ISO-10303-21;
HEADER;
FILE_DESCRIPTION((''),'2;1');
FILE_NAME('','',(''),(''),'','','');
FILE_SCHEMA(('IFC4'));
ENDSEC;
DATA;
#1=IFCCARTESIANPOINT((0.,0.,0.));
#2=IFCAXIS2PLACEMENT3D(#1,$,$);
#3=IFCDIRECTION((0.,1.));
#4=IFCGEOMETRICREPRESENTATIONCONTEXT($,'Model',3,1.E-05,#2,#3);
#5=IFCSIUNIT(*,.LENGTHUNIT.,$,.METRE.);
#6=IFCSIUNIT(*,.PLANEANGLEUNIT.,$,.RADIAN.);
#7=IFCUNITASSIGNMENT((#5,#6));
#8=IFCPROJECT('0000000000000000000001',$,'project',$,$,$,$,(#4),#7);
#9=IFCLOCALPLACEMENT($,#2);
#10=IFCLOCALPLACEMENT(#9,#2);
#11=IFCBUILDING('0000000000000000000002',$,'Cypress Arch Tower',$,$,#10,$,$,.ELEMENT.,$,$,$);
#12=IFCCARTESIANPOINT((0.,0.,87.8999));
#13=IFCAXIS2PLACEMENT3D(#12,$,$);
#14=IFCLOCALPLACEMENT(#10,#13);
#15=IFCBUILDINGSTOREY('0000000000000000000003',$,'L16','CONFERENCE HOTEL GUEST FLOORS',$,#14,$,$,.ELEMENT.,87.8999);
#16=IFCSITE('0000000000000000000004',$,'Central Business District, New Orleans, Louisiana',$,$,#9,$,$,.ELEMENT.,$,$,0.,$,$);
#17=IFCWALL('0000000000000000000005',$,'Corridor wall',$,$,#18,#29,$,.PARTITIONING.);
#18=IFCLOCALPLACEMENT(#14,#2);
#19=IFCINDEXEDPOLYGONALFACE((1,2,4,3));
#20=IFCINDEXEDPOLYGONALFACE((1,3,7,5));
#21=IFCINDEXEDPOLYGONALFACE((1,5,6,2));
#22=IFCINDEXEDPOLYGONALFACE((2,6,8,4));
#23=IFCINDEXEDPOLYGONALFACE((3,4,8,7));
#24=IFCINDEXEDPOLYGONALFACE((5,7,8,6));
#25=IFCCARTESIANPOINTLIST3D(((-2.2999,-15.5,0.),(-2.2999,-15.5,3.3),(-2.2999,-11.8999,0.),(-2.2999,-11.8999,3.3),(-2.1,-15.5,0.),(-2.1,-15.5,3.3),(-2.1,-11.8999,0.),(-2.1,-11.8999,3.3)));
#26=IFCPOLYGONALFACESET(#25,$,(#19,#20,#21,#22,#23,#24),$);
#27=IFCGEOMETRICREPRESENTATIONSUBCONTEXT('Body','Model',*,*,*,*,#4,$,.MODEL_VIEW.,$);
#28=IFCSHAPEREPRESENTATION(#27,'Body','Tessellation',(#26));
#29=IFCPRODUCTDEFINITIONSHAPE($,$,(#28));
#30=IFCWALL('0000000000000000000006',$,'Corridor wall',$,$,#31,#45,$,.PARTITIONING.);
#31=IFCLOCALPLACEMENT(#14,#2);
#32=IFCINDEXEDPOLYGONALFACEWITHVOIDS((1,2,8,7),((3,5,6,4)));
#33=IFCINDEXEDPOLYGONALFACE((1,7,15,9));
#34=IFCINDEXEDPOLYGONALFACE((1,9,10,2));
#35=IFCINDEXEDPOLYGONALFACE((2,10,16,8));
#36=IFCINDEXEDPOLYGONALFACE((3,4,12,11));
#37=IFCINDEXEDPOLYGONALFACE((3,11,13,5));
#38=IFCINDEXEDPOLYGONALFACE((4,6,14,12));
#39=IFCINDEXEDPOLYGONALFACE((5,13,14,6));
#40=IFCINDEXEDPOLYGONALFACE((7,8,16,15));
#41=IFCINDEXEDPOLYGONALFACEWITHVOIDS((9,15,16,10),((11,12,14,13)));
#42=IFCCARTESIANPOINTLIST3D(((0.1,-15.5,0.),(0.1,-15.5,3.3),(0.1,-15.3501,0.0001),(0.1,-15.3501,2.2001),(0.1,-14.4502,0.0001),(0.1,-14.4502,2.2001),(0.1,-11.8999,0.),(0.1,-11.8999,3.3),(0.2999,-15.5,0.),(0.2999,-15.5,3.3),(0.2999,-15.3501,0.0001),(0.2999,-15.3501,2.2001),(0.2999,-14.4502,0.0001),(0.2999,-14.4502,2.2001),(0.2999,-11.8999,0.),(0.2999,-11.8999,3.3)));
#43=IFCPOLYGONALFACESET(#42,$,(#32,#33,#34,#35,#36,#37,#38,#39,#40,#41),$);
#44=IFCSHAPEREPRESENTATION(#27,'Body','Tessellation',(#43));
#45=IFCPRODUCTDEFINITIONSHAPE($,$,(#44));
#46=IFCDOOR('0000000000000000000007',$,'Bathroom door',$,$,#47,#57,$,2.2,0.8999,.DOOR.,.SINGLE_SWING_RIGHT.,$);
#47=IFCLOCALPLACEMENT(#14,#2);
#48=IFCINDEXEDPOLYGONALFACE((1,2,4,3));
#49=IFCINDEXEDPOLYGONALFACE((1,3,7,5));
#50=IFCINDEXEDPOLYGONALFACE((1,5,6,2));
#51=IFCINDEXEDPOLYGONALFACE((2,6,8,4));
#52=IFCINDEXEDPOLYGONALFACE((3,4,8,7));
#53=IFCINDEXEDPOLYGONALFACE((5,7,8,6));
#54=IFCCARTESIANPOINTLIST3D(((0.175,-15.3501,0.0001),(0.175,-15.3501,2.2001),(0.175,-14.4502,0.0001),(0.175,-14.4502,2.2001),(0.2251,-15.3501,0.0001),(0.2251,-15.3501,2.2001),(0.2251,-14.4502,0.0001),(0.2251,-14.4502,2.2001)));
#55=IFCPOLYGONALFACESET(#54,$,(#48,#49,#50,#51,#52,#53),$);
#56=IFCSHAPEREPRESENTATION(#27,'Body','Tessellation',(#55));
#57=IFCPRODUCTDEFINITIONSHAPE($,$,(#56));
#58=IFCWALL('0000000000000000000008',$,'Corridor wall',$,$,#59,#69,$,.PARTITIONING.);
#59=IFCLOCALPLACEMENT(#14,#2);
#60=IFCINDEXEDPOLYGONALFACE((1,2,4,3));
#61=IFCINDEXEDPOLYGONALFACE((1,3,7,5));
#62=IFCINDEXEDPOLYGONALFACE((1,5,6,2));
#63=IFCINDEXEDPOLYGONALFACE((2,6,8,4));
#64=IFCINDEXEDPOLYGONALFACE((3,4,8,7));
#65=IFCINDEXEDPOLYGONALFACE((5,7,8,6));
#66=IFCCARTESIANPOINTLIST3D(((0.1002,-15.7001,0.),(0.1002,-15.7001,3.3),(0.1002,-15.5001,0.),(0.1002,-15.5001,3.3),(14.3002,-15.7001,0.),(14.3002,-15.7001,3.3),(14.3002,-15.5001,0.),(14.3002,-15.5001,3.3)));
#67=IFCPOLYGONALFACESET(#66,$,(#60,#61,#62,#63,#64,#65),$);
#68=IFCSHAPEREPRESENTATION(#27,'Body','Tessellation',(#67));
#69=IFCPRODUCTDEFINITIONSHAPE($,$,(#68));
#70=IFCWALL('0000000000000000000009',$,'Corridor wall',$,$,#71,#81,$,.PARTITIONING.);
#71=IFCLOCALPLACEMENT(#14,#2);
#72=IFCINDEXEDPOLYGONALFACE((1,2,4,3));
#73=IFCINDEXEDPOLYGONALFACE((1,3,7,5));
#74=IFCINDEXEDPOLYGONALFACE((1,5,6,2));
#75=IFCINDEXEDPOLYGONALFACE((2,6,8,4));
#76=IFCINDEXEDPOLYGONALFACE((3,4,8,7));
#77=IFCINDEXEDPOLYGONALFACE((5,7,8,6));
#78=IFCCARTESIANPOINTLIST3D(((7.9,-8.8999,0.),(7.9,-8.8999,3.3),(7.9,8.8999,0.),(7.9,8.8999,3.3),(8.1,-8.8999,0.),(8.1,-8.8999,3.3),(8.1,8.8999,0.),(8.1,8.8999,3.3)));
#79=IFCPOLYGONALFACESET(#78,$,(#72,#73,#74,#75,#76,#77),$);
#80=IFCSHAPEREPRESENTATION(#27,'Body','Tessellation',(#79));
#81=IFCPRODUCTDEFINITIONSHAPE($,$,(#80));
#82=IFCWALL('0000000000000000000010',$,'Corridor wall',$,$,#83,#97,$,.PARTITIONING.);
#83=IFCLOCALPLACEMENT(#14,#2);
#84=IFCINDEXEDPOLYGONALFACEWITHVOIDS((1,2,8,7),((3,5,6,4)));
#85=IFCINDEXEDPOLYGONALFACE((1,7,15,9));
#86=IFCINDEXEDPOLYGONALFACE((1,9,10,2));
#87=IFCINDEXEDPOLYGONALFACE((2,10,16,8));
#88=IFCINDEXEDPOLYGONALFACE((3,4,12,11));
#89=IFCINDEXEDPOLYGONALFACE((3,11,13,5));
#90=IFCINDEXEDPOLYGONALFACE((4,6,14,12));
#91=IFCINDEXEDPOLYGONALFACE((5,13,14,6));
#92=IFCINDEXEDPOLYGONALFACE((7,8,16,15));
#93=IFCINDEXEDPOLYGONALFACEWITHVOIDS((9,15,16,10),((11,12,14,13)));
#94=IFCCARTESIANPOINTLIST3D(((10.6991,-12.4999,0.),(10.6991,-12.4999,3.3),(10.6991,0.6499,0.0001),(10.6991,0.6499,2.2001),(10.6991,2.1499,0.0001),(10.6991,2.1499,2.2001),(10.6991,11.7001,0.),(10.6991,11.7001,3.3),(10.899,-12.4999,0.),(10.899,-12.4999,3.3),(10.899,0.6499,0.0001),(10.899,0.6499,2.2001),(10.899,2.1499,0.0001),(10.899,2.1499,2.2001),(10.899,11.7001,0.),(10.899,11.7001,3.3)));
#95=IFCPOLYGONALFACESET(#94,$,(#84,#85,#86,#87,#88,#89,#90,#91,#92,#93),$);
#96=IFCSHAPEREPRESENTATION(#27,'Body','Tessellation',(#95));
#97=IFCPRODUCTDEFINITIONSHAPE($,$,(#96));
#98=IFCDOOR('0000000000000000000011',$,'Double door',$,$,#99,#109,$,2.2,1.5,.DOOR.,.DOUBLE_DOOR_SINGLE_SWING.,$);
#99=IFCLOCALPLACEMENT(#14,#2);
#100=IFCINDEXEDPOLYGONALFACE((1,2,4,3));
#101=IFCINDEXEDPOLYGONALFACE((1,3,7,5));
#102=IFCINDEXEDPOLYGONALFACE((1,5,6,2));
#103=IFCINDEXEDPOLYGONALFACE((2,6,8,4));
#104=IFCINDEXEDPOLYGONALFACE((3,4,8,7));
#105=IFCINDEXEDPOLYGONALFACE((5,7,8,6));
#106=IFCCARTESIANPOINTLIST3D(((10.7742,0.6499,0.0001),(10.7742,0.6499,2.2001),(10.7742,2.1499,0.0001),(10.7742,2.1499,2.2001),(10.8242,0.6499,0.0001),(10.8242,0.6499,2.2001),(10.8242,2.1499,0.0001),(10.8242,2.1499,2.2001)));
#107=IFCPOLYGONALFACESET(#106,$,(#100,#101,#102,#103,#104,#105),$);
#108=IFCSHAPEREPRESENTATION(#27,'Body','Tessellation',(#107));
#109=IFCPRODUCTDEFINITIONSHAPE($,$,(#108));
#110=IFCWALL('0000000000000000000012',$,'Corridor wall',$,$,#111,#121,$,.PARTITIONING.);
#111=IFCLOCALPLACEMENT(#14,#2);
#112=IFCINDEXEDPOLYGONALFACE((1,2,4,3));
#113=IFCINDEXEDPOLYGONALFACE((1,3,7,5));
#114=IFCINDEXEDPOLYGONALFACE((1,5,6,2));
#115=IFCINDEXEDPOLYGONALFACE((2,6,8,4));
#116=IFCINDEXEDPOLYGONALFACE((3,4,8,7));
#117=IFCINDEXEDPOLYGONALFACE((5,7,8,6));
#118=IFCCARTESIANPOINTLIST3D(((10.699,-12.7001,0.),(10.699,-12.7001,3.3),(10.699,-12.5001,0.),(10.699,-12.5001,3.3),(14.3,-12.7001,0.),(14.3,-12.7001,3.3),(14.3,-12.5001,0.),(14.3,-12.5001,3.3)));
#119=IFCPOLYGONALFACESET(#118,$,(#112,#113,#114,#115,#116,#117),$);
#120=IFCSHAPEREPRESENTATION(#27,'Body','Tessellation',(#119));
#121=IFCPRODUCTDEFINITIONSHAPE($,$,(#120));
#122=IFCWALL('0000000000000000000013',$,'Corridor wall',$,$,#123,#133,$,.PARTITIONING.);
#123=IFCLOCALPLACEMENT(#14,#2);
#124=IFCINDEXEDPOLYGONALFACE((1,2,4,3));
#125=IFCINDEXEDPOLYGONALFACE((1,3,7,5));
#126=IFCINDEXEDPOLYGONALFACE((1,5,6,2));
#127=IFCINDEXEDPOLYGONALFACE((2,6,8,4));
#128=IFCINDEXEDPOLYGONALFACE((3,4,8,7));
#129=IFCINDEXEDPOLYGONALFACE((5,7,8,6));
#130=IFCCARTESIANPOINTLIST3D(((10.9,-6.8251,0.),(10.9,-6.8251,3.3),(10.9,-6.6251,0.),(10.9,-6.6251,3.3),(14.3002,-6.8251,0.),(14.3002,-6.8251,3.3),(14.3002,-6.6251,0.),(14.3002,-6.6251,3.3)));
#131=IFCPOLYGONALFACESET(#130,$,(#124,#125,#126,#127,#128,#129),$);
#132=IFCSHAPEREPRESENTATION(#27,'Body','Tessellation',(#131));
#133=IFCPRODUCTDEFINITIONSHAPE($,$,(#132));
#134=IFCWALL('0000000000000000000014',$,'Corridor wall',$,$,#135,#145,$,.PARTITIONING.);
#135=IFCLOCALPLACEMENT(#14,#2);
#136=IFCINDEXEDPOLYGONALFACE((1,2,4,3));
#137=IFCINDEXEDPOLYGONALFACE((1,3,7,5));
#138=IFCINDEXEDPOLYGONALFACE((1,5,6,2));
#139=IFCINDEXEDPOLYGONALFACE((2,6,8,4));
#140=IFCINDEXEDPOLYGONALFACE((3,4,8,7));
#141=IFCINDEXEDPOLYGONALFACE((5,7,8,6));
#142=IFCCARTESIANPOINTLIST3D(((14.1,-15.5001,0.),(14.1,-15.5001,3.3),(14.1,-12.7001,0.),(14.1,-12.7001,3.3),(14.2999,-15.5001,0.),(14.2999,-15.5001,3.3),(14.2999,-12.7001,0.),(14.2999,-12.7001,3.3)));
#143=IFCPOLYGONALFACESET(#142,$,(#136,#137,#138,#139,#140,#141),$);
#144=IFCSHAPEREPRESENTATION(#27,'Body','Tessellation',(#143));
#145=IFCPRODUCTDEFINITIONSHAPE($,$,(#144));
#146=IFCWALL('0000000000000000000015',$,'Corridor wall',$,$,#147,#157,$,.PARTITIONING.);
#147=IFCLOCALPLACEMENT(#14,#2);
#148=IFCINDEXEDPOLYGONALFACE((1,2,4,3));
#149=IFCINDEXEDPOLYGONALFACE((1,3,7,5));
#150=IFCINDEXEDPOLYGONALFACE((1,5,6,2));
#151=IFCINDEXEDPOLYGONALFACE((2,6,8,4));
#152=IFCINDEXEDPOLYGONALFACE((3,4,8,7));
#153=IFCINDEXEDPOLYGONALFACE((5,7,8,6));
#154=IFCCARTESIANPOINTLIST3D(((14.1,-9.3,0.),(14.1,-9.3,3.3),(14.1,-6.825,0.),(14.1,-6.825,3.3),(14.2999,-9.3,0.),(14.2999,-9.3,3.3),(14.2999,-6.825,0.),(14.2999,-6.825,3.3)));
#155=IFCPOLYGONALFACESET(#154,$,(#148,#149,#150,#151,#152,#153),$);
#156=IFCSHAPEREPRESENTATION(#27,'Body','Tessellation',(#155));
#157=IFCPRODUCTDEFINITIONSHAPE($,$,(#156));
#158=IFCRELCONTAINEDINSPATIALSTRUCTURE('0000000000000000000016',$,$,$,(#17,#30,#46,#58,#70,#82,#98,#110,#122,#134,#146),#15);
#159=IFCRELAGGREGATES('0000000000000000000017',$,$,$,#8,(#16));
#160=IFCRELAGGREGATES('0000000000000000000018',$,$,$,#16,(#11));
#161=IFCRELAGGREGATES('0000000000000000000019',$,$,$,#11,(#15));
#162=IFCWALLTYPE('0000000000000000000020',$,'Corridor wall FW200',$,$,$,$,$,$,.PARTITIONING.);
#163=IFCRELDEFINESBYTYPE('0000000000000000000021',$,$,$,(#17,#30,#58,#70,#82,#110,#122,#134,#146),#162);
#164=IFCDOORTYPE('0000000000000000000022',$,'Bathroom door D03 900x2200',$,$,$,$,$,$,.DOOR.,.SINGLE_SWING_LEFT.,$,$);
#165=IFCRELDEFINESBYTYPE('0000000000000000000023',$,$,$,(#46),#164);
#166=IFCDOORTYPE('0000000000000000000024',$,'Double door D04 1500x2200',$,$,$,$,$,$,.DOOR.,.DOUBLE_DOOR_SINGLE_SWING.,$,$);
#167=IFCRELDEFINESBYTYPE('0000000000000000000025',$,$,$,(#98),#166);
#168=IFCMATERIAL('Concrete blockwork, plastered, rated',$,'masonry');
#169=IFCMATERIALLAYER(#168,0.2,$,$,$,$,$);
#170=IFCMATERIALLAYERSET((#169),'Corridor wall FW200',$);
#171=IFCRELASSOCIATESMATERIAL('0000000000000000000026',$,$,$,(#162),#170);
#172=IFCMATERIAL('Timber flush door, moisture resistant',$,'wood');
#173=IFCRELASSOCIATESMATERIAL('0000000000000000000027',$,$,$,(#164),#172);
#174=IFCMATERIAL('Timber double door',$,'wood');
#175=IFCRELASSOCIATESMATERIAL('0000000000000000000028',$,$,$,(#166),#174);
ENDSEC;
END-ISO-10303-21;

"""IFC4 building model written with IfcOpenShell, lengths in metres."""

from ifc_helpers import new_model, si_unit, direction, frame, frame_2d, origin, place, context, subcontext, project, spatial, rectangle, extrude, material, layer, layer_set, type_object, element, fill, save


model = new_model("IFC4")

# Units and contexts
model_context = context("Model", 3, precision=1e-05, world=origin(), true_north=direction((0.0, 1.0)))
body_context = subcontext(model_context, "Body", "Model", "MODEL_VIEW")
ifc_project = project(units=[si_unit("LENGTHUNIT", "METRE"), si_unit("PLANEANGLEUNIT", "RADIAN")], contexts=[model_context])

# Site, building, storey
site_placement = place(None, origin())
site = spatial("IfcSite", under=ifc_project, at=site_placement, Name="Central Business District, New Orleans, Louisiana", CompositionType="ELEMENT", RefElevation=0.0)
building_placement = place(site_placement, origin())
building = spatial("IfcBuilding", under=site, at=building_placement, Name="Cypress Arch Tower", CompositionType="ELEMENT")
storey_placement = place(building_placement, frame((0.0, 0.0, 87.8999)))
storey = spatial("IfcBuildingStorey", under=building, at=storey_placement, Name="L16", Description="CONFERENCE HOTEL GUEST FLOORS", CompositionType="ELEMENT", Elevation=87.8999)

# Shared definitions
ifc_material_1 = material(Name="Concrete blockwork, plastered, rated", Category="masonry")
ifc_layer_1 = layer(ifc_material_1, 0.2)
ifc_layer_set_1 = layer_set([ifc_layer_1], Name="Corridor wall FW200")
wall_type_1 = type_object("IfcWallType", Name="Corridor wall FW200", PredefinedType="PARTITIONING", material=ifc_layer_set_1)

# Wall
wall_1_placement = place(storey_placement, frame((-2.2, -15.5, 0.0), z_axis=(0.0, 0.0, 1.0), x_axis=(0.0, 1.0, 0.0)))
element("IfcWall", 1, at=wall_1_placement, inside=storey, type_object=wall_type_1, Name="Corridor wall", PredefinedType="PARTITIONING", context=body_context, shape_type="SweptSolid", body=[
    extrude(rectangle(XDim=3.6001, YDim=0.2, at=frame_2d((1.8, 0.0))), origin(), (0.0, 0.0, 1.0), 3.3),
])

# Wall, opening, door
wall_2_placement = place(storey_placement, frame((0.2, -15.5, 0.0), z_axis=(0.0, 0.0, 1.0), x_axis=(0.0, 1.0, 0.0)))
wall_2 = element("IfcWall", 2, at=wall_2_placement, inside=storey, type_object=wall_type_1, Name="Corridor wall", PredefinedType="PARTITIONING", context=body_context, shape_type="SweptSolid", body=[
    extrude(rectangle(XDim=3.6001, YDim=0.2, at=frame_2d((1.8, 0.0))), origin(), (0.0, 0.0, 1.0), 3.3),
])
opening_1_placement = place(wall_2_placement, frame((0.1499, 0.0, 0.0)))
opening_1 = element("IfcOpeningElement", 3, at=opening_1_placement, cuts=wall_2, PredefinedType="OPENING", context=body_context, shape_type="SweptSolid", body=[
    extrude(rectangle(XDim=0.8999, YDim=2.2, at=frame_2d((0.45, 1.1001))), frame((0.0, 0.1099, 0.0), z_axis=(0.0, -1.0, 0.0), x_axis=(1.0, 0.0, 0.0)), (0.0, 0.0, 1.0), 0.22),
])
ifc_material_2 = material(Name="Timber flush door, moisture resistant", Category="wood")
door_type_1 = type_object("IfcDoorType", Name="Bathroom door D03 900x2200", OperationType="SINGLE_SWING_LEFT", PredefinedType="DOOR", material=ifc_material_2)
door_1_placement = place(opening_1_placement, origin())
door_1 = element("IfcDoor", 4, at=door_1_placement, inside=storey, type_object=door_type_1, Name="Bathroom door", OperationType="SINGLE_SWING_RIGHT", OverallHeight=2.2, OverallWidth=0.8999, PredefinedType="DOOR", context=body_context, shape_type="SweptSolid", body=[
    extrude(rectangle(XDim=0.8999, YDim=2.2, at=frame_2d((0.45, 1.1001))), frame((0.0, 0.0249, 0.0), z_axis=(0.0, -1.0, 0.0), x_axis=(1.0, 0.0, 0.0)), (0.0, 0.0, 1.0), 0.05),
])
fill(opening_1, door_1)

# Walls
wall_3_placement = place(storey_placement, frame((0.1001, -15.6001, 0.0), z_axis=(0.0, 0.0, 1.0), x_axis=(1.0, 0.0, 0.0)))
element("IfcWall", 5, at=wall_3_placement, inside=storey, type_object=wall_type_1, Name="Corridor wall", PredefinedType="PARTITIONING", context=body_context, shape_type="SweptSolid", body=[
    extrude(rectangle(XDim=14.2, YDim=0.2, at=frame_2d((7.1001, 0.0))), origin(), (0.0, 0.0, 1.0), 3.3),
])
wall_4_placement = place(storey_placement, frame((8.0, -8.8999, 0.0), z_axis=(0.0, 0.0, 1.0), x_axis=(0.0, 1.0, 0.0)))
element("IfcWall", 6, at=wall_4_placement, inside=storey, type_object=wall_type_1, Name="Corridor wall", PredefinedType="PARTITIONING", context=body_context, shape_type="SweptSolid", body=[
    extrude(rectangle(XDim=17.7998, YDim=0.2, at=frame_2d((8.8999, 0.0))), origin(), (0.0, 0.0, 1.0), 3.3),
])

# Wall, opening, door
wall_5_placement = place(storey_placement, frame((10.7991, -12.5, 0.0), z_axis=(0.0, 0.0, 1.0), x_axis=(0.0, 1.0, 0.0)))
wall_5 = element("IfcWall", 7, at=wall_5_placement, inside=storey, type_object=wall_type_1, Name="Corridor wall", PredefinedType="PARTITIONING", context=body_context, shape_type="SweptSolid", body=[
    extrude(rectangle(XDim=24.2, YDim=0.2, at=frame_2d((12.1001, 0.0))), origin(), (0.0, 0.0, 1.0), 3.3),
])
opening_2_placement = place(wall_5_placement, frame((13.1499, 0.0, 0.0)))
opening_2 = element("IfcOpeningElement", 8, at=opening_2_placement, cuts=wall_5, PredefinedType="OPENING", context=body_context, shape_type="SweptSolid", body=[
    extrude(rectangle(XDim=1.5, YDim=2.2, at=frame_2d((0.75, 1.1001))), frame((0.0, 0.1099, 0.0), z_axis=(0.0, -1.0, 0.0), x_axis=(1.0, 0.0, 0.0)), (0.0, 0.0, 1.0), 0.22),
])
ifc_material_3 = material(Name="Timber double door", Category="wood")
door_type_2 = type_object("IfcDoorType", Name="Double door D04 1500x2200", OperationType="DOUBLE_DOOR_SINGLE_SWING", PredefinedType="DOOR", material=ifc_material_3)
door_2_placement = place(opening_2_placement, origin())
door_2 = element("IfcDoor", 9, at=door_2_placement, inside=storey, type_object=door_type_2, Name="Double door", OperationType="DOUBLE_DOOR_SINGLE_SWING", OverallHeight=2.2, OverallWidth=1.5, PredefinedType="DOOR", context=body_context, shape_type="SweptSolid", body=[
    extrude(rectangle(XDim=1.5, YDim=2.2, at=frame_2d((0.75, 1.1001))), frame((0.0, 0.0249, 0.0), z_axis=(0.0, -1.0, 0.0), x_axis=(1.0, 0.0, 0.0)), (0.0, 0.0, 1.0), 0.05),
])
fill(opening_2, door_2)

# Wall
wall_6_placement = place(storey_placement, frame((10.699, -12.6001, 0.0), z_axis=(0.0, 0.0, 1.0), x_axis=(1.0, 0.0, 0.0)))
element("IfcWall", 10, at=wall_6_placement, inside=storey, type_object=wall_type_1, Name="Corridor wall", PredefinedType="PARTITIONING", context=body_context, shape_type="SweptSolid", body=[
    extrude(rectangle(XDim=3.6011, YDim=0.2, at=frame_2d((1.8005, 0.0))), origin(), (0.0, 0.0, 1.0), 3.3),
])

# Walls
wall_7_placement = place(storey_placement, frame((10.8999, -6.7251, 0.0), z_axis=(0.0, 0.0, 1.0), x_axis=(1.0, 0.0, 0.0)))
element("IfcWall", 11, at=wall_7_placement, inside=storey, type_object=wall_type_1, Name="Corridor wall", PredefinedType="PARTITIONING", context=body_context, shape_type="SweptSolid", body=[
    extrude(rectangle(XDim=3.4001, YDim=0.2, at=frame_2d((1.7002, 0.0))), origin(), (0.0, 0.0, 1.0), 3.3),
])
wall_8_placement = place(storey_placement, frame((14.2, -15.5, 0.0), z_axis=(0.0, 0.0, 1.0), x_axis=(0.0, 1.0, 0.0)))
element("IfcWall", 12, at=wall_8_placement, inside=storey, type_object=wall_type_1, Name="Corridor wall", PredefinedType="PARTITIONING", context=body_context, shape_type="SweptSolid", body=[
    extrude(rectangle(XDim=2.8, YDim=0.2, at=frame_2d((1.3999, 0.0))), origin(), (0.0, 0.0, 1.0), 3.3),
])
wall_9_placement = place(storey_placement, frame((14.2, -9.3, 0.0), z_axis=(0.0, 0.0, 1.0), x_axis=(0.0, 1.0, 0.0)))
element("IfcWall", 13, at=wall_9_placement, inside=storey, type_object=wall_type_1, Name="Corridor wall", PredefinedType="PARTITIONING", context=body_context, shape_type="SweptSolid", body=[
    extrude(rectangle(XDim=2.4751, YDim=0.2, at=frame_2d((1.2375, 0.0))), origin(), (0.0, 0.0, 1.0), 3.3),
])

save(model, "model.ifc")
